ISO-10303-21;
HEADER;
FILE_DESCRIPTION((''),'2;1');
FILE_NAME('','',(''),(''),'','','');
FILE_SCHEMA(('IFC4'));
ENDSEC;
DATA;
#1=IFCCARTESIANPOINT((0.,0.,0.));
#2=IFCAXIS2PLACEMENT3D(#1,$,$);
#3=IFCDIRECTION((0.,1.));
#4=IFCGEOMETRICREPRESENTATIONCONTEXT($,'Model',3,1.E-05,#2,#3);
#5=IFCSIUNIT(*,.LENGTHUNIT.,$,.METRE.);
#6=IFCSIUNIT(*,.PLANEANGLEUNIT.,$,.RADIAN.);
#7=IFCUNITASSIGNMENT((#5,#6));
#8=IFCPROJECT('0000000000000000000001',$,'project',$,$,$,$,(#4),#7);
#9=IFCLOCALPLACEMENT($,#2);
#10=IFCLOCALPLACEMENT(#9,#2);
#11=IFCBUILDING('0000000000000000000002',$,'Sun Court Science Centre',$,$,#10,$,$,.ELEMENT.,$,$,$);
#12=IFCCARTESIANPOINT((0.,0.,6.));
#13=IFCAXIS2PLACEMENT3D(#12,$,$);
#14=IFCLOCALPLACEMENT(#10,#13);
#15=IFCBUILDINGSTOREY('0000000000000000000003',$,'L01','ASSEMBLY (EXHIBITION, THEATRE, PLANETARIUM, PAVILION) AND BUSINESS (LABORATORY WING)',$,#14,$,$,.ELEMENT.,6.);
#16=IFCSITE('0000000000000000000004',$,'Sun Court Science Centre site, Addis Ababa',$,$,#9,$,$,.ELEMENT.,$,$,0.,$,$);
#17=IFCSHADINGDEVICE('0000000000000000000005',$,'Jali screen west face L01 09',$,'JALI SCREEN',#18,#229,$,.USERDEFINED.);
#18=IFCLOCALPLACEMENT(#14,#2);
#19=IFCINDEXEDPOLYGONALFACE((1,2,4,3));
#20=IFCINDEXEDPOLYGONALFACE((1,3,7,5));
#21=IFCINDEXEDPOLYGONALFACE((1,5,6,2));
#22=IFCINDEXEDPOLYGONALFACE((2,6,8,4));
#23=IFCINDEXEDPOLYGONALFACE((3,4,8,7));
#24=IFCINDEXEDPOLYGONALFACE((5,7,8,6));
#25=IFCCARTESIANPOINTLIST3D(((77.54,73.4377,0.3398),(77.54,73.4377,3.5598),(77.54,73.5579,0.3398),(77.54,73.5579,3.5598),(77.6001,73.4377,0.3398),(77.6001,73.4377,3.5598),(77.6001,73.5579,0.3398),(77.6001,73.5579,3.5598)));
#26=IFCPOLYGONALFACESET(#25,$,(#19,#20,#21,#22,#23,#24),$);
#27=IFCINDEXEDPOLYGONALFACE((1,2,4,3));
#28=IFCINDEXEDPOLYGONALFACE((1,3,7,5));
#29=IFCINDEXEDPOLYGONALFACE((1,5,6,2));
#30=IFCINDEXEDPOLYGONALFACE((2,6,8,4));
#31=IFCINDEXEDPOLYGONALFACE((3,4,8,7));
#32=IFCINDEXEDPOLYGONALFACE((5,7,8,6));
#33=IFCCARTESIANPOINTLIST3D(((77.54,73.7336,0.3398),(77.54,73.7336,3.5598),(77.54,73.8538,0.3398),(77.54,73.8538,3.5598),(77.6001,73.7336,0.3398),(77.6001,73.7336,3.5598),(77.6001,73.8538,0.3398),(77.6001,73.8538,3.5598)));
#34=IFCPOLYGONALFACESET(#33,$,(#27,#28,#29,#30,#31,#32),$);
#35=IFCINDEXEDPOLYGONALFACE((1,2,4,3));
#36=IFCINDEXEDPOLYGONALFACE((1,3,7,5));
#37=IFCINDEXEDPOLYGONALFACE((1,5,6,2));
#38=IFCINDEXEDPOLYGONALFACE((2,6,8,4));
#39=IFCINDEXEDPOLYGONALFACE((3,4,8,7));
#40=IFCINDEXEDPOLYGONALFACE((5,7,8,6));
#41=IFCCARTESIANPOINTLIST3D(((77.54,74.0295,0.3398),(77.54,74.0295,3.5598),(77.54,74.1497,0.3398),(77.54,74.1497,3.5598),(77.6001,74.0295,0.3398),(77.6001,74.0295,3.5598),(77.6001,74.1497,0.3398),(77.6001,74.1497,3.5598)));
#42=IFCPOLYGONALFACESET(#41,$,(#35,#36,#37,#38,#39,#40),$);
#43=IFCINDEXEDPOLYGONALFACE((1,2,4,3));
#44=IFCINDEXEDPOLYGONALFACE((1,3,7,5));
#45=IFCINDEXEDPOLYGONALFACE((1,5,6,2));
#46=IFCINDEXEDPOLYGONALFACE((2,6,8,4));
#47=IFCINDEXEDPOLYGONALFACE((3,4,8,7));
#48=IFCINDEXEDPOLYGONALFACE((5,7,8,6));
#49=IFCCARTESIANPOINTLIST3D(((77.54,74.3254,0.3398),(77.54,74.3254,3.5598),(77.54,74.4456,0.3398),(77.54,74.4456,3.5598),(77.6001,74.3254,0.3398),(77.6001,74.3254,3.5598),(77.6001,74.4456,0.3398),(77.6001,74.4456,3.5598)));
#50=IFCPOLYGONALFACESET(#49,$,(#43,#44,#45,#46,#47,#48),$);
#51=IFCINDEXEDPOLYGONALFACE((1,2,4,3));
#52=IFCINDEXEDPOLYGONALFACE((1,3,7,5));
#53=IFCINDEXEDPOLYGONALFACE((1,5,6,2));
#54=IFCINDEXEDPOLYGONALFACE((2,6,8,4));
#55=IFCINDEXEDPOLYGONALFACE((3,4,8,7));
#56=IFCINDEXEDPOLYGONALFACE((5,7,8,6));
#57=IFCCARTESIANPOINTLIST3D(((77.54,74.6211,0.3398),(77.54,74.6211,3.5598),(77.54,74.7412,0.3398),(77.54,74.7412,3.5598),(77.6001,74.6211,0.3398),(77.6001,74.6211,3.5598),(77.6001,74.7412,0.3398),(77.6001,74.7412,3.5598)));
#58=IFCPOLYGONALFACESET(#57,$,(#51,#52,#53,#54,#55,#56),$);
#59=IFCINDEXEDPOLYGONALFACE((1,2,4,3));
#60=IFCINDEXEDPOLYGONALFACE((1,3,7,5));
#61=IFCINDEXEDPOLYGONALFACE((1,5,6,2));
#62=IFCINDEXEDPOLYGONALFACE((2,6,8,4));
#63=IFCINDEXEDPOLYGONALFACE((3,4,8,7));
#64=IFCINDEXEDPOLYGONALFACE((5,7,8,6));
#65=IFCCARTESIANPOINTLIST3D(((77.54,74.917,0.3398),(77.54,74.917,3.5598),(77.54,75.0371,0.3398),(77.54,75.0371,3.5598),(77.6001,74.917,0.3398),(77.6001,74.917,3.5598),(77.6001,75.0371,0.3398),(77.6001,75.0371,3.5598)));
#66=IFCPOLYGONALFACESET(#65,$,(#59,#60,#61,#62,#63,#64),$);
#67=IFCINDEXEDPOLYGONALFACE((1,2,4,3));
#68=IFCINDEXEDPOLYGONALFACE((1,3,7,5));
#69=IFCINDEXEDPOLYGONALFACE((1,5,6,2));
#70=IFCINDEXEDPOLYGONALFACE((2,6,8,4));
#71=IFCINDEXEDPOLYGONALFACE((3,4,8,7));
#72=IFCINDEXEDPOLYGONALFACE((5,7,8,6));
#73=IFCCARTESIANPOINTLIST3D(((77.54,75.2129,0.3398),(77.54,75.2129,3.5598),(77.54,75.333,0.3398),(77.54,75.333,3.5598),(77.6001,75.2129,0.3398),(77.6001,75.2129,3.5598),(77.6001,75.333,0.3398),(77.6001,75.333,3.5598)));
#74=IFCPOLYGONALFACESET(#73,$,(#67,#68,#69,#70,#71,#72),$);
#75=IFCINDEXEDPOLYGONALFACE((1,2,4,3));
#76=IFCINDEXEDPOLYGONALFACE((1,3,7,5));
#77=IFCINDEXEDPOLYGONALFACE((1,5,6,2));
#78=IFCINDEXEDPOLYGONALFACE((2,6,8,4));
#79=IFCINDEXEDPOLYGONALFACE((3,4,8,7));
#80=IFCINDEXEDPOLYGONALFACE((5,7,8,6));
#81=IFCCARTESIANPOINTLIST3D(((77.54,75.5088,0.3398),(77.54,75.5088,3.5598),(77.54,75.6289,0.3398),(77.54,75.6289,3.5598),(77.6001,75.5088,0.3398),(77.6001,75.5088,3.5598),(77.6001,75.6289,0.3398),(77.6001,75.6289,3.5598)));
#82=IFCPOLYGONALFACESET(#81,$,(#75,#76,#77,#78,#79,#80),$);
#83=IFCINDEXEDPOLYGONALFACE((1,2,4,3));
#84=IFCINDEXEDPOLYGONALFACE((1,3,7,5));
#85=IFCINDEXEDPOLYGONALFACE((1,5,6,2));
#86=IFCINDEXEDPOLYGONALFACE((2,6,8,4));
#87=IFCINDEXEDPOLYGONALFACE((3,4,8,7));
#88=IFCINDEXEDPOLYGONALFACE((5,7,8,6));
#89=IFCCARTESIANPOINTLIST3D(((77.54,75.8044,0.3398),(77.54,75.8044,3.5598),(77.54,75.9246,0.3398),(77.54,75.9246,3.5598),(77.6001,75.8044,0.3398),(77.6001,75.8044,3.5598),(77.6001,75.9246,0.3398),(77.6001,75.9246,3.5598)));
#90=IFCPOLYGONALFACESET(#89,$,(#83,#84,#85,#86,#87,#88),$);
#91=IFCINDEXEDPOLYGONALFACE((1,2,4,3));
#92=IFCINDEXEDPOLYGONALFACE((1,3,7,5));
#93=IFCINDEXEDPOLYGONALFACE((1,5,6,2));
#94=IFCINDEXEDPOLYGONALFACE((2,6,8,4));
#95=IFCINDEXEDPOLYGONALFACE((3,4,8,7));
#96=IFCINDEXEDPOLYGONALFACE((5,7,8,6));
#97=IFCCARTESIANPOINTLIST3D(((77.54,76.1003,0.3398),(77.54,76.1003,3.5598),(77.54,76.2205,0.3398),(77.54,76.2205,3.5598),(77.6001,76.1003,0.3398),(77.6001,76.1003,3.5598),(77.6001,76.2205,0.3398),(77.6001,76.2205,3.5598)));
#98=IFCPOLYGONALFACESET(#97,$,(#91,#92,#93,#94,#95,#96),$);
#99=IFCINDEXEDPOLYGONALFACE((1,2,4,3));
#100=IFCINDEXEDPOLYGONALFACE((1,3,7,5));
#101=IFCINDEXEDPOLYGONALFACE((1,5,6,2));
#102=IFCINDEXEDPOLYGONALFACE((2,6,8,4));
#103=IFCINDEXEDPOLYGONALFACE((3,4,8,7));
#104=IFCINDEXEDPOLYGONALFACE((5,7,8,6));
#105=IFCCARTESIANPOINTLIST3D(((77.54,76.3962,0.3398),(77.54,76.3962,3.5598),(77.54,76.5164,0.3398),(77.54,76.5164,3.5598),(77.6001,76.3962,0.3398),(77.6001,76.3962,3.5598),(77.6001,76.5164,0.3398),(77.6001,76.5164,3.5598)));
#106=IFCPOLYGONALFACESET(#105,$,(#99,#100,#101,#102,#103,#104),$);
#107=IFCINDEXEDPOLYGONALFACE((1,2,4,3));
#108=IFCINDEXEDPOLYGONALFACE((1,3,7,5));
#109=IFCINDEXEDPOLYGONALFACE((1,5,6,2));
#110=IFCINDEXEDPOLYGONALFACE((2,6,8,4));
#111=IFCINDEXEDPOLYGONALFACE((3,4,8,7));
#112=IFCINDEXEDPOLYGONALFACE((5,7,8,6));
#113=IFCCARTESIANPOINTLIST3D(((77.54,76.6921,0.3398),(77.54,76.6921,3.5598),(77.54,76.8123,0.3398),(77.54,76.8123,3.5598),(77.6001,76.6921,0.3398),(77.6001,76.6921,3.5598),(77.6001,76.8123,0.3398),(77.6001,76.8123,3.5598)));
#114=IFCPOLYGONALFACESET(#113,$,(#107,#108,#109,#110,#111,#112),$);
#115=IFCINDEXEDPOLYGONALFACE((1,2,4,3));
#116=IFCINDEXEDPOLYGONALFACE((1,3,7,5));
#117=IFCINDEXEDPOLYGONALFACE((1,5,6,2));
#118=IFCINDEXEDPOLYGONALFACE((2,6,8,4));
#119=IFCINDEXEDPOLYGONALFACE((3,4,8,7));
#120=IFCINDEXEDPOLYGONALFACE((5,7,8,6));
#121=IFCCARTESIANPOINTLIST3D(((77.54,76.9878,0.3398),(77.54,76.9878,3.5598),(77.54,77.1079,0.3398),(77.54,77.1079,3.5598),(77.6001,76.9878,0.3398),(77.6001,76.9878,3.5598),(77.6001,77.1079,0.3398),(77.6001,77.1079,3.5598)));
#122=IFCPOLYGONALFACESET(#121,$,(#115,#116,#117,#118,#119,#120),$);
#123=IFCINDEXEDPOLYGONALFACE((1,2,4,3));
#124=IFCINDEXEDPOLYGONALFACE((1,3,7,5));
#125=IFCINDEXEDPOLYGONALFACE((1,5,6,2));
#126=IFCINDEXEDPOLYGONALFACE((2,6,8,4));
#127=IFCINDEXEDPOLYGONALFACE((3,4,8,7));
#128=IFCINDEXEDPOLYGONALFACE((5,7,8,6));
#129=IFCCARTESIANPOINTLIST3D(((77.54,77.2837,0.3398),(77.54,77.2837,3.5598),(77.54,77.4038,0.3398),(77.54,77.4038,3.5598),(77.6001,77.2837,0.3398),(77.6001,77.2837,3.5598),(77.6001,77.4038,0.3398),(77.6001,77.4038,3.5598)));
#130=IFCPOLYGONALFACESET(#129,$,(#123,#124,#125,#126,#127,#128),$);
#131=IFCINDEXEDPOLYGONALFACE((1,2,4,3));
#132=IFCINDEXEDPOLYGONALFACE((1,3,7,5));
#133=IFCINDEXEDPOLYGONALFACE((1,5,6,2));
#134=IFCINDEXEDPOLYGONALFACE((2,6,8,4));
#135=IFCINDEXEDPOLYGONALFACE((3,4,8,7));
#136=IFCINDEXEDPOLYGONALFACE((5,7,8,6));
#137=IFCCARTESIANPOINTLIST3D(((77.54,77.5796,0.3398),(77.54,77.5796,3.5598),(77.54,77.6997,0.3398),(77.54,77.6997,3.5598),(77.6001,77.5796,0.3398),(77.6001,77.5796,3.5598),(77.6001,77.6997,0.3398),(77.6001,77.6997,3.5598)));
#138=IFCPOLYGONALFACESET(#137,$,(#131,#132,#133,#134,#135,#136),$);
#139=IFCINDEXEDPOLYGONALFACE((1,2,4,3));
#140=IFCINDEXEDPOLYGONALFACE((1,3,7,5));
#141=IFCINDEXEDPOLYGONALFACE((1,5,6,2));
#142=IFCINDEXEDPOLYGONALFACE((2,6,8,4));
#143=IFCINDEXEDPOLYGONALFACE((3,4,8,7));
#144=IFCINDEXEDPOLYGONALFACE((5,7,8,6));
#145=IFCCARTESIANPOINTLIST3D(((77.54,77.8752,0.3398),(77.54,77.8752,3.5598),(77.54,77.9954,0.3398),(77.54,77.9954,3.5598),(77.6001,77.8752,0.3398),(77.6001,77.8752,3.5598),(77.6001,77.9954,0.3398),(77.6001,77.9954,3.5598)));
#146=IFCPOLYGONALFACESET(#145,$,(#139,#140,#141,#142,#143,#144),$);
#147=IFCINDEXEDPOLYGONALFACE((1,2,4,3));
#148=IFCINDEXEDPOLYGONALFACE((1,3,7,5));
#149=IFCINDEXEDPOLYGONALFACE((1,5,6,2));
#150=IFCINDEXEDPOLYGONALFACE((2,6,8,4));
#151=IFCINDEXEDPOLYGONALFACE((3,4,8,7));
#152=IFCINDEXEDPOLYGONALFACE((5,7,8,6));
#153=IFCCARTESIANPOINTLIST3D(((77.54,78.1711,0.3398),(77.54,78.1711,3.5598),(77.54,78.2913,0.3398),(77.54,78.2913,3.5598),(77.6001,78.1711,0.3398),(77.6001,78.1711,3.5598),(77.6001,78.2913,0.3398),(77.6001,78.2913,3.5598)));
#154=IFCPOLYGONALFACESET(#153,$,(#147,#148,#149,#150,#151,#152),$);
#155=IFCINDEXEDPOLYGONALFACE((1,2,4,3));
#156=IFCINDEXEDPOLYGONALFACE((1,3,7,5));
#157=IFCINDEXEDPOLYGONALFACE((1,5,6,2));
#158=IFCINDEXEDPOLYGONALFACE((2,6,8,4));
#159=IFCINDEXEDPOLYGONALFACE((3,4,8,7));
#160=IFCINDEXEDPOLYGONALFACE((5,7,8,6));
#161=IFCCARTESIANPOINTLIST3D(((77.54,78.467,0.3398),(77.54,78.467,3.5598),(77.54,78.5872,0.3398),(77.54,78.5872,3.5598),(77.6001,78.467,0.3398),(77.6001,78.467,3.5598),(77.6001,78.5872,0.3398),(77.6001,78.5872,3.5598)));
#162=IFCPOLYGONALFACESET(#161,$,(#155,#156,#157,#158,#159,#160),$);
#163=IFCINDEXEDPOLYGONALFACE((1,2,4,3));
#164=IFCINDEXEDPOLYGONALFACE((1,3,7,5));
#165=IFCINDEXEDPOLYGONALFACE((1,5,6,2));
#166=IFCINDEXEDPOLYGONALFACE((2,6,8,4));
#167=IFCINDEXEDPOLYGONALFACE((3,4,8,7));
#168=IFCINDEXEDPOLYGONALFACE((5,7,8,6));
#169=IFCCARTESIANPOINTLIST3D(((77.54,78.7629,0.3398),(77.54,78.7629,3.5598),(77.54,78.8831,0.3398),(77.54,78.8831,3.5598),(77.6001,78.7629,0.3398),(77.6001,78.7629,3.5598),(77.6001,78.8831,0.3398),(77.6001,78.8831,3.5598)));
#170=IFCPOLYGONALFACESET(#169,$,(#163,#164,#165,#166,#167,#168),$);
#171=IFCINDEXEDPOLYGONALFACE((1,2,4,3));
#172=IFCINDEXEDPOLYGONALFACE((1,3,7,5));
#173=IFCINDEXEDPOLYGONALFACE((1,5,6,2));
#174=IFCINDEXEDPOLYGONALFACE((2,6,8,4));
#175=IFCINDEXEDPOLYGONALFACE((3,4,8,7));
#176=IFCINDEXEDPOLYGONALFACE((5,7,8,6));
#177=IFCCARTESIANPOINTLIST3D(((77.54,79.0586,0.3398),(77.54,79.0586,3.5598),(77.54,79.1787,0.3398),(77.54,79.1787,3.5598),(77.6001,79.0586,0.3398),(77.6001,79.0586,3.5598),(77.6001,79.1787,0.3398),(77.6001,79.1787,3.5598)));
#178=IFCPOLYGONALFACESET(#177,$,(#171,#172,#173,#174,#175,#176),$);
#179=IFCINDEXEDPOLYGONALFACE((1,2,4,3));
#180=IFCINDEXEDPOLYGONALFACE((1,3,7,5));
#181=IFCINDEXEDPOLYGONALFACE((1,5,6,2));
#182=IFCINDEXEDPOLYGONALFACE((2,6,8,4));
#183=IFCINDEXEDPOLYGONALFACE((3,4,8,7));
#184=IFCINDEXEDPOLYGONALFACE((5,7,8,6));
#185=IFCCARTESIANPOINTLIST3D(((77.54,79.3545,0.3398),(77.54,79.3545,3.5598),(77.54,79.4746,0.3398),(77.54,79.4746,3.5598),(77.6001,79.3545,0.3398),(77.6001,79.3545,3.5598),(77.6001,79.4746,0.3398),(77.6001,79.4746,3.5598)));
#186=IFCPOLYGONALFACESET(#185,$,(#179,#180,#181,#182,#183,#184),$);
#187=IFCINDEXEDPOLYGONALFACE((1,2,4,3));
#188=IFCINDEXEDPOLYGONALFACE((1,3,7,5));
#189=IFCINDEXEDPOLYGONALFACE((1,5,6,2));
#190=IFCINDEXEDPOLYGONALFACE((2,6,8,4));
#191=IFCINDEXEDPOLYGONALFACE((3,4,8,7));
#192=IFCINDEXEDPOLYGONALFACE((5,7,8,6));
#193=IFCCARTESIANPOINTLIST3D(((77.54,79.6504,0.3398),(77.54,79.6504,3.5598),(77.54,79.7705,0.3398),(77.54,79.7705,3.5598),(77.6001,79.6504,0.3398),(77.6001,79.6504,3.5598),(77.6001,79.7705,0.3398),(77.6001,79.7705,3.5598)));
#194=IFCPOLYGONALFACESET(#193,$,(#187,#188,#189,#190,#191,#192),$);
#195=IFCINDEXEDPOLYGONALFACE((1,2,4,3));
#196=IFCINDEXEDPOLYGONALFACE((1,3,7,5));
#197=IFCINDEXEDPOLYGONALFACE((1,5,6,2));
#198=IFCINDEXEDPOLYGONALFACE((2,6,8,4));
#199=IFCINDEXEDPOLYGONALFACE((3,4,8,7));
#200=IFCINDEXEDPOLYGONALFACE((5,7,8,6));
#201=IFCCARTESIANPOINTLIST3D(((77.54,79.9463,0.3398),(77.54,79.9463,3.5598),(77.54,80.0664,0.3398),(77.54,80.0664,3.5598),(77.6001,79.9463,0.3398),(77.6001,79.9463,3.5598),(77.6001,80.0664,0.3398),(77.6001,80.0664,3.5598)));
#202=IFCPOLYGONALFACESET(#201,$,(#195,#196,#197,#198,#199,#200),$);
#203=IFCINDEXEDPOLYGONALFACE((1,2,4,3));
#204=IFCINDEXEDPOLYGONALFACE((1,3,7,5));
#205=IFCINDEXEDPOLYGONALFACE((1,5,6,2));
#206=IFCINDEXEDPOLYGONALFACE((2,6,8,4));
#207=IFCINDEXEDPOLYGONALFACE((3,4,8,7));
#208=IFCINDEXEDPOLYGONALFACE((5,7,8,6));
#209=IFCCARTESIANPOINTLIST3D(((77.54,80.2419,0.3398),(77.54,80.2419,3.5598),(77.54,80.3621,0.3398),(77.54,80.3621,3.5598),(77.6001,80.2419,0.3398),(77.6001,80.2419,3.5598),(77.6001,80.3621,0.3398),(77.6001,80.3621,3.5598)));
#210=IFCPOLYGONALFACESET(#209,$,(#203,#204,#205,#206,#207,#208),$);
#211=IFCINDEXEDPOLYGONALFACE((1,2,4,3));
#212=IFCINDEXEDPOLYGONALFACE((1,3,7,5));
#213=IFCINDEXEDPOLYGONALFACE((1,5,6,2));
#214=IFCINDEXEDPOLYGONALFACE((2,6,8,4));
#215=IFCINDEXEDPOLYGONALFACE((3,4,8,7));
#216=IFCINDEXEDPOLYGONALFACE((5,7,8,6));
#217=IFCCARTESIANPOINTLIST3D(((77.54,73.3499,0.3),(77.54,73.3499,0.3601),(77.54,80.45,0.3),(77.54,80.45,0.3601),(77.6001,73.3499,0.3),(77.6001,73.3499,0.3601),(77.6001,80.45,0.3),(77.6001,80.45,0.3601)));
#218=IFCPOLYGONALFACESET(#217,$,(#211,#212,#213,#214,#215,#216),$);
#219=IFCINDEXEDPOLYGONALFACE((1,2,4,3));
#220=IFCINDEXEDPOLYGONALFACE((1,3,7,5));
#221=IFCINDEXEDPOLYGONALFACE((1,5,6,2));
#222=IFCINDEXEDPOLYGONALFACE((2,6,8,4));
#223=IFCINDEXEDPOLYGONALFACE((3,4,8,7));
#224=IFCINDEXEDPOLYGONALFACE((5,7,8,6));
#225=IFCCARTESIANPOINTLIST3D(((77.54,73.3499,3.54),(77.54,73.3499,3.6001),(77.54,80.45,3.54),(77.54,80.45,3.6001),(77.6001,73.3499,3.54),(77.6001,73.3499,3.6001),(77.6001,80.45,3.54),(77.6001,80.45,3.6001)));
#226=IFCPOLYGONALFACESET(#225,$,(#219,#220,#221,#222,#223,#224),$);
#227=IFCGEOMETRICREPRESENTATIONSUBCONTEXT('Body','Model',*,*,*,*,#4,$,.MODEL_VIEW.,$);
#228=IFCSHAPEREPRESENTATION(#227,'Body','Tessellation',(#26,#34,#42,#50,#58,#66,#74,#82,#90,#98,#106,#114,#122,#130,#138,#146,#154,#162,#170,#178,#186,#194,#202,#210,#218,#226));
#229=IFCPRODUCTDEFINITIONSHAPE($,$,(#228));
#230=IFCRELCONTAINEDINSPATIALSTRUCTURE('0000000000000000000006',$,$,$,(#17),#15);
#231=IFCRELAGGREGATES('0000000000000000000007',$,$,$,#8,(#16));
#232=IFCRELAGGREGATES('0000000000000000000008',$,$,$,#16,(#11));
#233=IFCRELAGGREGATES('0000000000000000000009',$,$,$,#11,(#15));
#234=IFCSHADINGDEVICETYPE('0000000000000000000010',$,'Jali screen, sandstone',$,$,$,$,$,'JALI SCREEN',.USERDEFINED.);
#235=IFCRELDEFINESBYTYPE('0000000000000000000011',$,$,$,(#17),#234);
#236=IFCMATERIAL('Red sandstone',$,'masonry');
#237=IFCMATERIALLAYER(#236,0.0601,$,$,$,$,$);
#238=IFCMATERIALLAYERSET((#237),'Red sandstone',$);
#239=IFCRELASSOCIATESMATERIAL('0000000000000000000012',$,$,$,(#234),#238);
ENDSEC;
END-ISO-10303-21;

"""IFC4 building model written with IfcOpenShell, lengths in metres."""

from ifc_helpers import new_model, si_unit, direction, frame, origin, origin_2d, place, context, subcontext, project, spatial, rectangle, extrude, material, layer, layer_set, type_object, element, save


model = new_model("IFC4")

# Units and contexts
model_context = context("Model", 3, precision=1e-05, world=origin(), true_north=direction((0.0, 1.0)))
body_context = subcontext(model_context, "Body", "Model", "MODEL_VIEW")
ifc_project = project(units=[si_unit("LENGTHUNIT", "METRE"), si_unit("PLANEANGLEUNIT", "RADIAN")], contexts=[model_context])

# Site, building, storey
site_placement = place(None, origin())
site = spatial("IfcSite", under=ifc_project, at=site_placement, Name="Sun Court Science Centre site, Addis Ababa", CompositionType="ELEMENT", RefElevation=0.0)
building_placement = place(site_placement, origin())
building = spatial("IfcBuilding", under=site, at=building_placement, Name="Sun Court Science Centre", CompositionType="ELEMENT")
storey_placement = place(building_placement, frame((0.0, 0.0, 6.0)))
storey = spatial("IfcBuildingStorey", under=building, at=storey_placement, Name="L01", Description="ASSEMBLY (EXHIBITION, THEATRE, PLANETARIUM, PAVILION) AND BUSINESS (LABORATORY WING)", CompositionType="ELEMENT", Elevation=6.0)

# Shading device
ifc_material_1 = material(Name="Red sandstone", Category="masonry")
ifc_layer_1 = layer(ifc_material_1, 0.0601)
ifc_layer_set_1 = layer_set([ifc_layer_1], Name="Red sandstone")
shading_device_type = type_object("IfcShadingDeviceType", Name="Jali screen, sandstone", ElementType="JALI SCREEN", PredefinedType="USERDEFINED", material=ifc_layer_set_1)
shading_device_1_placement = place(storey_placement, frame((0.0, 0.0, -6.0)))
element("IfcShadingDevice", 1, at=shading_device_1_placement, inside=storey, type_object=shading_device_type, Name="Jali screen west face L01 09", ObjectType="JALI SCREEN", PredefinedType="USERDEFINED", context=body_context, shape_type="SweptSolid", body=[
    extrude(rectangle(XDim=0.1201, YDim=0.0601, at=origin_2d()), frame((77.5701, 73.4978, 6.3398), z_axis=(0.0, 0.0, 1.0), x_axis=(0.0, 1.0, 0.0)), (0.0, 0.0, 1.0), 3.22),
    extrude(rectangle(XDim=0.1201, YDim=0.0601, at=origin_2d()), frame((77.5701, 73.7937, 6.3398), z_axis=(0.0, 0.0, 1.0), x_axis=(0.0, 1.0, 0.0)), (0.0, 0.0, 1.0), 3.22),
    extrude(rectangle(XDim=0.1201, YDim=0.0601, at=origin_2d()), frame((77.5701, 74.0896, 6.3398), z_axis=(0.0, 0.0, 1.0), x_axis=(0.0, 1.0, 0.0)), (0.0, 0.0, 1.0), 3.22),
    extrude(rectangle(XDim=0.1201, YDim=0.0601, at=origin_2d()), frame((77.5701, 74.3855, 6.3398), z_axis=(0.0, 0.0, 1.0), x_axis=(0.0, 1.0, 0.0)), (0.0, 0.0, 1.0), 3.22),
    extrude(rectangle(XDim=0.1201, YDim=0.0601, at=origin_2d()), frame((77.5701, 74.6812, 6.3398), z_axis=(0.0, 0.0, 1.0), x_axis=(0.0, 1.0, 0.0)), (0.0, 0.0, 1.0), 3.22),
    extrude(rectangle(XDim=0.1201, YDim=0.0601, at=origin_2d()), frame((77.5701, 74.9771, 6.3398), z_axis=(0.0, 0.0, 1.0), x_axis=(0.0, 1.0, 0.0)), (0.0, 0.0, 1.0), 3.22),
    extrude(rectangle(XDim=0.1201, YDim=0.0601, at=origin_2d()), frame((77.5701, 75.2729, 6.3398), z_axis=(0.0, 0.0, 1.0), x_axis=(0.0, 1.0, 0.0)), (0.0, 0.0, 1.0), 3.22),
    extrude(rectangle(XDim=0.1201, YDim=0.0601, at=origin_2d()), frame((77.5701, 75.5688, 6.3398), z_axis=(0.0, 0.0, 1.0), x_axis=(0.0, 1.0, 0.0)), (0.0, 0.0, 1.0), 3.22),
    extrude(rectangle(XDim=0.1201, YDim=0.0601, at=origin_2d()), frame((77.5701, 75.8645, 6.3398), z_axis=(0.0, 0.0, 1.0), x_axis=(0.0, 1.0, 0.0)), (0.0, 0.0, 1.0), 3.22),
    extrude(rectangle(XDim=0.1201, YDim=0.0601, at=origin_2d()), frame((77.5701, 76.1604, 6.3398), z_axis=(0.0, 0.0, 1.0), x_axis=(0.0, 1.0, 0.0)), (0.0, 0.0, 1.0), 3.22),
    extrude(rectangle(XDim=0.1201, YDim=0.0601, at=origin_2d()), frame((77.5701, 76.4563, 6.3398), z_axis=(0.0, 0.0, 1.0), x_axis=(0.0, 1.0, 0.0)), (0.0, 0.0, 1.0), 3.22),
    extrude(rectangle(XDim=0.1201, YDim=0.0601, at=origin_2d()), frame((77.5701, 76.7522, 6.3398), z_axis=(0.0, 0.0, 1.0), x_axis=(0.0, 1.0, 0.0)), (0.0, 0.0, 1.0), 3.22),
    extrude(rectangle(XDim=0.1201, YDim=0.0601, at=origin_2d()), frame((77.5701, 77.0479, 6.3398), z_axis=(0.0, 0.0, 1.0), x_axis=(0.0, 1.0, 0.0)), (0.0, 0.0, 1.0), 3.22),
    extrude(rectangle(XDim=0.1201, YDim=0.0601, at=origin_2d()), frame((77.5701, 77.3438, 6.3398), z_axis=(0.0, 0.0, 1.0), x_axis=(0.0, 1.0, 0.0)), (0.0, 0.0, 1.0), 3.22),
    extrude(rectangle(XDim=0.1201, YDim=0.0601, at=origin_2d()), frame((77.5701, 77.6396, 6.3398), z_axis=(0.0, 0.0, 1.0), x_axis=(0.0, 1.0, 0.0)), (0.0, 0.0, 1.0), 3.22),
    extrude(rectangle(XDim=0.1201, YDim=0.0601, at=origin_2d()), frame((77.5701, 77.9353, 6.3398), z_axis=(0.0, 0.0, 1.0), x_axis=(0.0, 1.0, 0.0)), (0.0, 0.0, 1.0), 3.22),
    extrude(rectangle(XDim=0.1201, YDim=0.0601, at=origin_2d()), frame((77.5701, 78.2312, 6.3398), z_axis=(0.0, 0.0, 1.0), x_axis=(0.0, 1.0, 0.0)), (0.0, 0.0, 1.0), 3.22),
    extrude(rectangle(XDim=0.1201, YDim=0.0601, at=origin_2d()), frame((77.5701, 78.5271, 6.3398), z_axis=(0.0, 0.0, 1.0), x_axis=(0.0, 1.0, 0.0)), (0.0, 0.0, 1.0), 3.22),
    extrude(rectangle(XDim=0.1201, YDim=0.0601, at=origin_2d()), frame((77.5701, 78.823, 6.3398), z_axis=(0.0, 0.0, 1.0), x_axis=(0.0, 1.0, 0.0)), (0.0, 0.0, 1.0), 3.22),
    extrude(rectangle(XDim=0.1201, YDim=0.0601, at=origin_2d()), frame((77.5701, 79.1187, 6.3398), z_axis=(0.0, 0.0, 1.0), x_axis=(0.0, 1.0, 0.0)), (0.0, 0.0, 1.0), 3.22),
    extrude(rectangle(XDim=0.1201, YDim=0.0601, at=origin_2d()), frame((77.5701, 79.4146, 6.3398), z_axis=(0.0, 0.0, 1.0), x_axis=(0.0, 1.0, 0.0)), (0.0, 0.0, 1.0), 3.22),
    extrude(rectangle(XDim=0.1201, YDim=0.0601, at=origin_2d()), frame((77.5701, 79.7104, 6.3398), z_axis=(0.0, 0.0, 1.0), x_axis=(0.0, 1.0, 0.0)), (0.0, 0.0, 1.0), 3.22),
    extrude(rectangle(XDim=0.1201, YDim=0.0601, at=origin_2d()), frame((77.5701, 80.0063, 6.3398), z_axis=(0.0, 0.0, 1.0), x_axis=(0.0, 1.0, 0.0)), (0.0, 0.0, 1.0), 3.22),
    extrude(rectangle(XDim=0.1201, YDim=0.0601, at=origin_2d()), frame((77.5701, 80.302, 6.3398), z_axis=(0.0, 0.0, 1.0), x_axis=(0.0, 1.0, 0.0)), (0.0, 0.0, 1.0), 3.22),
    extrude(rectangle(XDim=7.1001, YDim=0.0601, at=origin_2d()), frame((77.5701, 76.8999, 6.3), z_axis=(0.0, 0.0, 1.0), x_axis=(0.0, 1.0, 0.0)), (0.0, 0.0, 1.0), 0.0601),
    extrude(rectangle(XDim=7.1001, YDim=0.0601, at=origin_2d()), frame((77.5701, 76.8999, 9.54), z_axis=(0.0, 0.0, 1.0), x_axis=(0.0, 1.0, 0.0)), (0.0, 0.0, 1.0), 0.0601),
])

save(model, "model.ifc")
